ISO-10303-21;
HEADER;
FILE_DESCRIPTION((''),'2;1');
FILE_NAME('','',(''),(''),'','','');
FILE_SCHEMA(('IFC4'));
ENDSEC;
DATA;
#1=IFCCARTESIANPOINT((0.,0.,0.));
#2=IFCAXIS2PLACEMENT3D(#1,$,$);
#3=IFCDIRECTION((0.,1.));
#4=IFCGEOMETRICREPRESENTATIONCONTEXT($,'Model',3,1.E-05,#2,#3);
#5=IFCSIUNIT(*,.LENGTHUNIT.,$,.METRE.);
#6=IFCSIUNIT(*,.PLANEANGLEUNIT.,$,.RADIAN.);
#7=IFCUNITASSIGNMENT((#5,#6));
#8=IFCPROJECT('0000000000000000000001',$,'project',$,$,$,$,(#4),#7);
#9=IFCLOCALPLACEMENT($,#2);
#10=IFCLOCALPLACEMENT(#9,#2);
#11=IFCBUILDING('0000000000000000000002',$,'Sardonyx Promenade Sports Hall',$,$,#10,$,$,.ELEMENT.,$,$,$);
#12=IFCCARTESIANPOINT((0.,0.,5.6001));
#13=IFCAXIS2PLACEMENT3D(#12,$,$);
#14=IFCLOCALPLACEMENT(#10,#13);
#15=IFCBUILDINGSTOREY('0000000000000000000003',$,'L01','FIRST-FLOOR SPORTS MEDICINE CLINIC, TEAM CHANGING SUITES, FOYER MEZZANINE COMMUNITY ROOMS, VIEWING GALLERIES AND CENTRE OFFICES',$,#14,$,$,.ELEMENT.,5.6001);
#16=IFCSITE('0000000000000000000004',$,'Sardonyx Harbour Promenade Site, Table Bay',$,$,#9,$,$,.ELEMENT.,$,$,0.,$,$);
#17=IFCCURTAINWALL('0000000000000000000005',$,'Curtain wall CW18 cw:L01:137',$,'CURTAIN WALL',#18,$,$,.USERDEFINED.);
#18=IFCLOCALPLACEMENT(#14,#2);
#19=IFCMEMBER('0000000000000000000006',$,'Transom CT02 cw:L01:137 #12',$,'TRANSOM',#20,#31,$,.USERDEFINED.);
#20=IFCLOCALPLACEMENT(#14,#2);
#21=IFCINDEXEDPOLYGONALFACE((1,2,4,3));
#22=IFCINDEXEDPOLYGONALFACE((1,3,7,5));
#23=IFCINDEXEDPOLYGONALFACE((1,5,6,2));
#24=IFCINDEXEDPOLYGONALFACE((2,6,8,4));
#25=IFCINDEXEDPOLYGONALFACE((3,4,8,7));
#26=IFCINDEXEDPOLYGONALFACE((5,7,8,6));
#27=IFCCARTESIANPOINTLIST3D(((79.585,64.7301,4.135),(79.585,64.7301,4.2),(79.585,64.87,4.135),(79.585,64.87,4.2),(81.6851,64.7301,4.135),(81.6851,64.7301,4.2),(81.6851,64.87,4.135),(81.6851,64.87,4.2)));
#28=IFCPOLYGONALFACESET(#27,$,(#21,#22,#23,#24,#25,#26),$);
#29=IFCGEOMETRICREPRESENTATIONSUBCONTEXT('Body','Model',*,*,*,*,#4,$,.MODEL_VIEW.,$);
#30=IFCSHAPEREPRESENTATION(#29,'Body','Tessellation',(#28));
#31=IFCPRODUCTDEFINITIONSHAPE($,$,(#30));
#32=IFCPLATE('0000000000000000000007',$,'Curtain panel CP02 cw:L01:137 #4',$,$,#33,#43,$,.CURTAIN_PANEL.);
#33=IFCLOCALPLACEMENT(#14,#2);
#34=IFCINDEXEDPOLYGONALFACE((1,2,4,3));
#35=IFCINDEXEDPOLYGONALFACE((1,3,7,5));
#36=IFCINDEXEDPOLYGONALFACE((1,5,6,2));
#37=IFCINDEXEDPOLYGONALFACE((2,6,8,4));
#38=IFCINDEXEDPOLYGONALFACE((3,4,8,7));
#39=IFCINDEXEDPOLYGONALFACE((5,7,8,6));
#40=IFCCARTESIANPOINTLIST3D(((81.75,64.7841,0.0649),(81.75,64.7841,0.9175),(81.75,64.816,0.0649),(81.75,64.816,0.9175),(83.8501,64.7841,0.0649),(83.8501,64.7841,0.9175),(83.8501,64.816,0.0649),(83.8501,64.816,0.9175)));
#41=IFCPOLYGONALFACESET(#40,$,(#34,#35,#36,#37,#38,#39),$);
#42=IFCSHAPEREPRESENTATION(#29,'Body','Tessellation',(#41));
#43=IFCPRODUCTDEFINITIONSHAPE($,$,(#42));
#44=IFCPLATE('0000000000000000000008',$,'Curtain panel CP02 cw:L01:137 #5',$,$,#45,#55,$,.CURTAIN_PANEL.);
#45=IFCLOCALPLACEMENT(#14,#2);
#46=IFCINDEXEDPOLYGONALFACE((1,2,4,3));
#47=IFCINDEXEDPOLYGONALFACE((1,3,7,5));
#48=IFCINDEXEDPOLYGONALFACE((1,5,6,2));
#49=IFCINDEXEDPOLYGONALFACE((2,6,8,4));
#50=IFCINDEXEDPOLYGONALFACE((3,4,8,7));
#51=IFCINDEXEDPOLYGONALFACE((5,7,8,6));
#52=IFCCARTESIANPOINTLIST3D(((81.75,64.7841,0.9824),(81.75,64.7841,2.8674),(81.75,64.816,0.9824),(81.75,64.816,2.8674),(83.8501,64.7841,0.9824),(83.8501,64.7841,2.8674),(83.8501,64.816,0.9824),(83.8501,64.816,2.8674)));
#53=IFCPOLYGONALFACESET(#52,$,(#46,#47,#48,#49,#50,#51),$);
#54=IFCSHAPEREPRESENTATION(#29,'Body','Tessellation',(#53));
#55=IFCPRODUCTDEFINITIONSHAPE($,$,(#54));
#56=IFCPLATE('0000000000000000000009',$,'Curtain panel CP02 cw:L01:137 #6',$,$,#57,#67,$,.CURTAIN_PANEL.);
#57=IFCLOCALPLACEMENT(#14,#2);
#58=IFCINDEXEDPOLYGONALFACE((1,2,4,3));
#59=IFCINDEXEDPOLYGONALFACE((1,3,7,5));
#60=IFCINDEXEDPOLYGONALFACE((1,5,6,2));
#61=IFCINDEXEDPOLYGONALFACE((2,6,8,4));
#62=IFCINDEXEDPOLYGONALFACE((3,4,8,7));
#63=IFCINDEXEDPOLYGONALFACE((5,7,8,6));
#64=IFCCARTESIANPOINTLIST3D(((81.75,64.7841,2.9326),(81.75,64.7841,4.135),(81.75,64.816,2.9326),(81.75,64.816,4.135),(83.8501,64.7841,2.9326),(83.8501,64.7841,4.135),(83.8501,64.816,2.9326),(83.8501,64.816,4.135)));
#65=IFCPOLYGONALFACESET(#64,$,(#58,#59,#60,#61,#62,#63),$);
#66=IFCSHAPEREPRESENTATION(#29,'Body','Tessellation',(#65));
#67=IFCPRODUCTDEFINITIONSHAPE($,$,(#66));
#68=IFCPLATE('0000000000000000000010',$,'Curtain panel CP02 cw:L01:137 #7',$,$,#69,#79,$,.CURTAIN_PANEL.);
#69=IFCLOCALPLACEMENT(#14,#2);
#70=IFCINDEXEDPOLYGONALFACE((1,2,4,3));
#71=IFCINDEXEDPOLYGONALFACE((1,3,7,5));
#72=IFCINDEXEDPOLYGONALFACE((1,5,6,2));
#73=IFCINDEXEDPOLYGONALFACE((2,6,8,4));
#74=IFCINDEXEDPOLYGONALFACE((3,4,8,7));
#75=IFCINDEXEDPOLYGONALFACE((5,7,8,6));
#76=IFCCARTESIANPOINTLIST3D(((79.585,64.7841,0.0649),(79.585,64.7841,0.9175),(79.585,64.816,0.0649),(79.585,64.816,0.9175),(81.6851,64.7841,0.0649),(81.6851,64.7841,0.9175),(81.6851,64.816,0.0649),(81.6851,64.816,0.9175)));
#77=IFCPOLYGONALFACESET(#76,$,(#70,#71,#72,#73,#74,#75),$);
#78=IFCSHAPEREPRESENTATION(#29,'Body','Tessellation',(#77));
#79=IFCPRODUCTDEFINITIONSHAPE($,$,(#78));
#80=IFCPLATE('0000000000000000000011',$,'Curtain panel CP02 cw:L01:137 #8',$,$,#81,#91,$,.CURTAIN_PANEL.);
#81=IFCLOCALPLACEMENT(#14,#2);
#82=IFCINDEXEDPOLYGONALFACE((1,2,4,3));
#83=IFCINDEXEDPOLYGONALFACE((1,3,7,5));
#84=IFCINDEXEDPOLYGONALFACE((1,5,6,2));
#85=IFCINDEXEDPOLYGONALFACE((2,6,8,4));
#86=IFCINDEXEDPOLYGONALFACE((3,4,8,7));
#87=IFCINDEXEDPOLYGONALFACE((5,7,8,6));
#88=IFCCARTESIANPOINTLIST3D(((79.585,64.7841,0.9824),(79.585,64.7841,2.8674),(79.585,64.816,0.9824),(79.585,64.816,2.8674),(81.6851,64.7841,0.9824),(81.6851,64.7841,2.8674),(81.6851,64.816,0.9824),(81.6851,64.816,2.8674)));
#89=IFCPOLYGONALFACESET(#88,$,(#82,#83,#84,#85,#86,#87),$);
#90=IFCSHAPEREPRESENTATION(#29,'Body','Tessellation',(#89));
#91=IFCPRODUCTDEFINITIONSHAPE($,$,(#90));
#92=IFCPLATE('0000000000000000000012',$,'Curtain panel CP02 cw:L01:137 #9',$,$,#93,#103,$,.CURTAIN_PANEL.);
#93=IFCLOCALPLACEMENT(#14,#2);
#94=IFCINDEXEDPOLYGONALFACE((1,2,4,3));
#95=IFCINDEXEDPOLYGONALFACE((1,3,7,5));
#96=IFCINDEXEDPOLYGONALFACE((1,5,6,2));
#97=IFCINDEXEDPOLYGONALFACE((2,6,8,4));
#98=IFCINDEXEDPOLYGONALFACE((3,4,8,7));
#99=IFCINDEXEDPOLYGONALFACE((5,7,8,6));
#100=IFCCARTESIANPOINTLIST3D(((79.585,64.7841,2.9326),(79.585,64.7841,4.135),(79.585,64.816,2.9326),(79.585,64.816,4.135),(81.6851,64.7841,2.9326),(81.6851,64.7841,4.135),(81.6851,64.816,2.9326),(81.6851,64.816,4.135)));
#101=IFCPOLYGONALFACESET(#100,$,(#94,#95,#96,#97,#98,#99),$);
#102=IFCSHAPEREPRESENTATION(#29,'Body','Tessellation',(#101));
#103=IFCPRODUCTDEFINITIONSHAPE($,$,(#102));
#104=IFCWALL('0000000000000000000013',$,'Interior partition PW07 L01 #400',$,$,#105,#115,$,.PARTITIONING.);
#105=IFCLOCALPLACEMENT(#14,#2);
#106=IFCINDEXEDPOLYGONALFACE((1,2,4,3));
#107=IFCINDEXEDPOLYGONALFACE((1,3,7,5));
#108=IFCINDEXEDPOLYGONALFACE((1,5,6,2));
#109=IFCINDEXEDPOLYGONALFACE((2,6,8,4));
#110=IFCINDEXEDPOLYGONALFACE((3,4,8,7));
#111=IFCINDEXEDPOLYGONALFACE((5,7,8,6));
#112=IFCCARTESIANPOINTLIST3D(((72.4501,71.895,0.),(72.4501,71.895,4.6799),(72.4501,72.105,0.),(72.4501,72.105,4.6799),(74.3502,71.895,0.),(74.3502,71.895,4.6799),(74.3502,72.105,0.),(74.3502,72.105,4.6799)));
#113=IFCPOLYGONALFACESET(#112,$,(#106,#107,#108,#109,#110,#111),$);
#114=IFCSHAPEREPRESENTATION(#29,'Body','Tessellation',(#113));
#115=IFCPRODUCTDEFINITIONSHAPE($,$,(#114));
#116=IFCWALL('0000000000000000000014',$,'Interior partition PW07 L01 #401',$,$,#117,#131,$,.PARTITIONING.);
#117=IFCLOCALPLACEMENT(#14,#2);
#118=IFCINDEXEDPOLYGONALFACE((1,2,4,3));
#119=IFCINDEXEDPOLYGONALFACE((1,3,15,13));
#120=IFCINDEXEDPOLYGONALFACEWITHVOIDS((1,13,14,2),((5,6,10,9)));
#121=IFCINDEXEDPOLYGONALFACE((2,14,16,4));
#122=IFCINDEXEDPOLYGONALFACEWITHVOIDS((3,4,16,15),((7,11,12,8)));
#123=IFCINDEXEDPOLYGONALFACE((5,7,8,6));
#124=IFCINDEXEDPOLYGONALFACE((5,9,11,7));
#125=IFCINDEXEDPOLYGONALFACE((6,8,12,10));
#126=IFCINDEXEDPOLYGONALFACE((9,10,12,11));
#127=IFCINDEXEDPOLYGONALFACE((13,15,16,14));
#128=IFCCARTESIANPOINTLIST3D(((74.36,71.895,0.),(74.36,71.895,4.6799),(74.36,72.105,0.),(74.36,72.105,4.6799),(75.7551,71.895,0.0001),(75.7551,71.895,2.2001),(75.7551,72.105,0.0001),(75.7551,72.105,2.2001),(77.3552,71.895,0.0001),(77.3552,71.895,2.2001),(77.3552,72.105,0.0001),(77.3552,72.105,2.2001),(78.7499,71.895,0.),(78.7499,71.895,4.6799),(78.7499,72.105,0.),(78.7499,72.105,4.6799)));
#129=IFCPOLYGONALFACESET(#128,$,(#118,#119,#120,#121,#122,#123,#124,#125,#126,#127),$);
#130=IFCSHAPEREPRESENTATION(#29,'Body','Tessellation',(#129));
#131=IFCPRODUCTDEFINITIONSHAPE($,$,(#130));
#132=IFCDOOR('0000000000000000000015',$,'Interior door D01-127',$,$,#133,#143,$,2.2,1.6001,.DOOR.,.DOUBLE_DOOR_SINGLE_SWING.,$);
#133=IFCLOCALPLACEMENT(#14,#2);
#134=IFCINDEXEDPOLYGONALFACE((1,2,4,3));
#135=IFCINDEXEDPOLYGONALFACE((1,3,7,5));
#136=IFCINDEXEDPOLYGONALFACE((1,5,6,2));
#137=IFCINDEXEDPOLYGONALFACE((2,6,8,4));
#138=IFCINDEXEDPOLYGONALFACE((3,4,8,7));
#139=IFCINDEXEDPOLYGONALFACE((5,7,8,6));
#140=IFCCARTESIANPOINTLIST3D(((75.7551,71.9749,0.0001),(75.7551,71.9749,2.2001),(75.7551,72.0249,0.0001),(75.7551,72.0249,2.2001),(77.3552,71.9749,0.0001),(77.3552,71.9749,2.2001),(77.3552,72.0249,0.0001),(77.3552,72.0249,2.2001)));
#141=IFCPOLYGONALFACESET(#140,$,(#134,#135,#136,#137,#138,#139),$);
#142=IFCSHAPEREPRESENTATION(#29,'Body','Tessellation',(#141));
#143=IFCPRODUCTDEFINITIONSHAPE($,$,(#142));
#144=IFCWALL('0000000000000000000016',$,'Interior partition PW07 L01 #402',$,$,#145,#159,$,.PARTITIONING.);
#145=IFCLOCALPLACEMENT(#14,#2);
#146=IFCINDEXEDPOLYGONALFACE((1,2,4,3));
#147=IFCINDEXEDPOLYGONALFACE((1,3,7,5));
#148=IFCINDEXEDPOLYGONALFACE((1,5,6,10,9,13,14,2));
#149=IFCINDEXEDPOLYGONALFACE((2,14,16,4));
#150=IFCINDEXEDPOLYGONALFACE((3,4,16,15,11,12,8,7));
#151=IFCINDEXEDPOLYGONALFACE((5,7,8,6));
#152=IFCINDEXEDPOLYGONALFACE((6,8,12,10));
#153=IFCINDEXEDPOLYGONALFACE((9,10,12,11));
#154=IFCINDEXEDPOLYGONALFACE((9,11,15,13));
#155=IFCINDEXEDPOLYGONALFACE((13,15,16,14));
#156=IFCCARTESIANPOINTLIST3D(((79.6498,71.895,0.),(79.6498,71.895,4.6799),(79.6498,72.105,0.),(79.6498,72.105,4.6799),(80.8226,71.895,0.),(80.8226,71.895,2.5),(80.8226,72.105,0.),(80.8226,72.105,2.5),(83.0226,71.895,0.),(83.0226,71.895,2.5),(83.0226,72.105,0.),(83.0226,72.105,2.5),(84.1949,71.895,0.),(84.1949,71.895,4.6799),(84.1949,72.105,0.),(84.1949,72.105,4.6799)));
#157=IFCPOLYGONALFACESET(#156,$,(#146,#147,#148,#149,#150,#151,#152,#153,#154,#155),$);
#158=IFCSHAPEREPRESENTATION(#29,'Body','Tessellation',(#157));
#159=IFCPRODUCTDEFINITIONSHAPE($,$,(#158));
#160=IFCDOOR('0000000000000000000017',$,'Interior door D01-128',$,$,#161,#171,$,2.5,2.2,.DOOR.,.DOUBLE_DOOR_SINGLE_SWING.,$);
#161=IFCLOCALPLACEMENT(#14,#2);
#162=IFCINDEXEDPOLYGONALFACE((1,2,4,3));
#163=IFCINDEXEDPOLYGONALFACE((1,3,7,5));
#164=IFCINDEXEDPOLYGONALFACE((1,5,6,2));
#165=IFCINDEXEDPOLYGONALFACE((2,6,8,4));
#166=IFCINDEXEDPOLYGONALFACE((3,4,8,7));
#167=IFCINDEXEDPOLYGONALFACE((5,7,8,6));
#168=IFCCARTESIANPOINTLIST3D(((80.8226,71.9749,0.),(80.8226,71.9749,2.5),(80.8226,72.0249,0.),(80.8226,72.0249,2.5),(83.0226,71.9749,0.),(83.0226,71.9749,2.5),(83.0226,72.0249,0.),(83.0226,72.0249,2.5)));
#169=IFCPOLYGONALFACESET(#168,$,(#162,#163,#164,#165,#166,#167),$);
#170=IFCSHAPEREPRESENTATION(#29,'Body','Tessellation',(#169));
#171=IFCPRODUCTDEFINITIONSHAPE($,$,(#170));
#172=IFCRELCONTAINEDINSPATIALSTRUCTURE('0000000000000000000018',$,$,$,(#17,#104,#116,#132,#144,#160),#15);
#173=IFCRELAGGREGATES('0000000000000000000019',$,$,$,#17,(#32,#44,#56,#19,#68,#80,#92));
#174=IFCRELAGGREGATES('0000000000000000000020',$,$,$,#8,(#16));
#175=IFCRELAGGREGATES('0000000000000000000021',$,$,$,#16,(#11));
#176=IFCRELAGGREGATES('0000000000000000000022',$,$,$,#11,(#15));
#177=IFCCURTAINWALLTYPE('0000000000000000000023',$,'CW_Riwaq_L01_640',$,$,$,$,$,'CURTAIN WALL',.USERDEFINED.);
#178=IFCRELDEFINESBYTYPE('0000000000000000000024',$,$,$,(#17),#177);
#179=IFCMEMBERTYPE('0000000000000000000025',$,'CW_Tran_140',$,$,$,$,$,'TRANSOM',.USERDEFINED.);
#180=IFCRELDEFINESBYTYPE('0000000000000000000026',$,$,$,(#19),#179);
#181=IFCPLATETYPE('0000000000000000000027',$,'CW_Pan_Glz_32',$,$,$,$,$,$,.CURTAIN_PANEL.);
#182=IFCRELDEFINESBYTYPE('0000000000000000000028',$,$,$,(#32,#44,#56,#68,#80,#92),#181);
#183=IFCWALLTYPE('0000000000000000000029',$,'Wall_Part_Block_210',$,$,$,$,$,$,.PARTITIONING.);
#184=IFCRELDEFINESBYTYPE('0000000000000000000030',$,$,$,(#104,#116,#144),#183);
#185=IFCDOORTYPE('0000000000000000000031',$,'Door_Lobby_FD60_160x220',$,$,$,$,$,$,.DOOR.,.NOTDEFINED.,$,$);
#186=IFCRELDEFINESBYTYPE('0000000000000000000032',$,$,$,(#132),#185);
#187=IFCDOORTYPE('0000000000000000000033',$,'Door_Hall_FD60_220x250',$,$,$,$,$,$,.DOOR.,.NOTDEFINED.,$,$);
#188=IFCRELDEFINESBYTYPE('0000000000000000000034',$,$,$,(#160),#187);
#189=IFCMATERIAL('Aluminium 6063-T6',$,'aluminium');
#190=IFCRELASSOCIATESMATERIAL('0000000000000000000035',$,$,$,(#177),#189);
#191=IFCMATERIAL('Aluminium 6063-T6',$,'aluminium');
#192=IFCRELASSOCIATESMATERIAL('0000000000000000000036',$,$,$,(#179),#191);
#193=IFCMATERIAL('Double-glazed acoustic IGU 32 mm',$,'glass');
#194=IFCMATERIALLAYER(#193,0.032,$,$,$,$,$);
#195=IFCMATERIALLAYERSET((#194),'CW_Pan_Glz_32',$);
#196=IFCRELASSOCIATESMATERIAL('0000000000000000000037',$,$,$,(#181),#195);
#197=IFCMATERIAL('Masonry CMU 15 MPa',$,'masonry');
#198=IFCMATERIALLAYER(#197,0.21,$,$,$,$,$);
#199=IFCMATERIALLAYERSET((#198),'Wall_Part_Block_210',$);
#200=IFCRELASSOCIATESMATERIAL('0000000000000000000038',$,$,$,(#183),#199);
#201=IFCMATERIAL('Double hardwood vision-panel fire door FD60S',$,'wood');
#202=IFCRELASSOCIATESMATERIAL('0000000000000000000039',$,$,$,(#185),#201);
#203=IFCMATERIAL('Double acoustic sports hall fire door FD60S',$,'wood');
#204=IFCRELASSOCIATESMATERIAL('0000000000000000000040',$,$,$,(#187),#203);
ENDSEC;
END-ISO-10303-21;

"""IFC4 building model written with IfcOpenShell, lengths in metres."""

from ifc_helpers import new_model, si_unit, direction, frame, frame_2d, origin, origin_2d, place, context, subcontext, project, spatial, rectangle, extrude, material, layer, layer_set, material_profile, profile_set, type_object, element, fill, aggregate, save


model = new_model("IFC4")

# Units and contexts
model_context = context("Model", 3, precision=1e-05, world=origin(), true_north=direction((0.0, 1.0)))
body_context = subcontext(model_context, "Body", "Model", "MODEL_VIEW")
ifc_project = project(units=[si_unit("LENGTHUNIT", "METRE"), si_unit("PLANEANGLEUNIT", "RADIAN")], contexts=[model_context])

# Site, building, storey
site_placement = place(None, origin())
site = spatial("IfcSite", under=ifc_project, at=site_placement, Name="Sardonyx Harbour Promenade Site, Table Bay", CompositionType="ELEMENT", RefElevation=0.0)
building_placement = place(site_placement, origin())
building = spatial("IfcBuilding", under=site, at=building_placement, Name="Sardonyx Promenade Sports Hall", CompositionType="ELEMENT")
storey_placement = place(building_placement, frame((0.0, 0.0, 5.6001)))
storey = spatial("IfcBuildingStorey", under=building, at=storey_placement, Name="L01", Description="FIRST-FLOOR SPORTS MEDICINE CLINIC, TEAM CHANGING SUITES, FOYER MEZZANINE COMMUNITY ROOMS, VIEWING GALLERIES AND CENTRE OFFICES", CompositionType="ELEMENT", Elevation=5.6001)

# Curtain wall, member, plates
ifc_material_1 = material(Name="Aluminium 6063-T6", Category="aluminium")
curtain_wall_type = type_object("IfcCurtainWallType", Name="CW_Riwaq_L01_640", ElementType="CURTAIN WALL", PredefinedType="USERDEFINED", material=ifc_material_1)
curtain_wall_placement = place(storey_placement, origin())
curtain_wall = element("IfcCurtainWall", 1, at=curtain_wall_placement, inside=storey, type_object=curtain_wall_type, Name="Curtain wall CW18 cw:L01:137", ObjectType="CURTAIN WALL", PredefinedType="USERDEFINED")
ifc_material_2 = material(Name="Aluminium 6063-T6", Category="aluminium")
ifc_material_profile_1 = material_profile(ifc_material_2, rectangle(XDim=0.0649, YDim=0.1399, at=origin_2d()))
ifc_profile_set_1 = profile_set([ifc_material_profile_1], Name="Aluminium 6063-T6")
member_type_1 = type_object("IfcMemberType", Name="CW_Tran_140", ElementType="TRANSOM", PredefinedType="USERDEFINED", material=ifc_profile_set_1)
member_1_placement = place(storey_placement, frame((81.6851, 64.8, 4.1675), z_axis=(-1.0, 0.0, 0.0), x_axis=(0.0, 0.0, 1.0)))
member_1 = element("IfcMember", 2, at=member_1_placement, type_object=member_type_1, Name="Transom CT02 cw:L01:137 #12", ObjectType="TRANSOM", PredefinedType="USERDEFINED", context=body_context, shape_type="SweptSolid", body=[
    extrude(rectangle(XDim=0.0649, YDim=0.1399, at=origin_2d()), origin(), (0.0, 0.0, 1.0), 2.1001),
])
ifc_material_3 = material(Name="Double-glazed acoustic IGU 32 mm", Category="glass")
ifc_layer_1 = layer(ifc_material_3, 0.032)
ifc_layer_set_1 = layer_set([ifc_layer_1], Name="CW_Pan_Glz_32")
plate_type = type_object("IfcPlateType", Name="CW_Pan_Glz_32", PredefinedType="CURTAIN_PANEL", material=ifc_layer_set_1)
plate_1_placement = place(storey_placement, frame((82.8, 64.8, 0.0649), z_axis=(0.0, 0.0, 1.0), x_axis=(-1.0, 0.0, 0.0)))
plate_1 = element("IfcPlate", 3, at=plate_1_placement, type_object=plate_type, Name="Curtain panel CP02 cw:L01:137 #4", PredefinedType="CURTAIN_PANEL", context=body_context, shape_type="SweptSolid", body=[
    extrude(rectangle(XDim=2.1001, YDim=0.032, at=origin_2d()), origin(), (0.0, 0.0, 1.0), 0.8525),
])
plate_2_placement = place(storey_placement, frame((82.8, 64.8, 0.9824), z_axis=(0.0, 0.0, 1.0), x_axis=(-1.0, 0.0, 0.0)))
plate_2 = element("IfcPlate", 4, at=plate_2_placement, type_object=plate_type, Name="Curtain panel CP02 cw:L01:137 #5", PredefinedType="CURTAIN_PANEL", context=body_context, shape_type="SweptSolid", body=[
    extrude(rectangle(XDim=2.1001, YDim=0.032, at=origin_2d()), origin(), (0.0, 0.0, 1.0), 1.885),
])
plate_3_placement = place(storey_placement, frame((82.8, 64.8, 2.9326), z_axis=(0.0, 0.0, 1.0), x_axis=(-1.0, 0.0, 0.0)))
plate_3 = element("IfcPlate", 5, at=plate_3_placement, type_object=plate_type, Name="Curtain panel CP02 cw:L01:137 #6", PredefinedType="CURTAIN_PANEL", context=body_context, shape_type="SweptSolid", body=[
    extrude(rectangle(XDim=2.1001, YDim=0.032, at=origin_2d()), origin(), (0.0, 0.0, 1.0), 1.2024),
])
plate_4_placement = place(storey_placement, frame((80.635, 64.8, 0.0649), z_axis=(0.0, 0.0, 1.0), x_axis=(-1.0, 0.0, 0.0)))
plate_4 = element("IfcPlate", 6, at=plate_4_placement, type_object=plate_type, Name="Curtain panel CP02 cw:L01:137 #7", PredefinedType="CURTAIN_PANEL", context=body_context, shape_type="SweptSolid", body=[
    extrude(rectangle(XDim=2.1001, YDim=0.032, at=origin_2d()), origin(), (0.0, 0.0, 1.0), 0.8525),
])
plate_5_placement = place(storey_placement, frame((80.635, 64.8, 0.9824), z_axis=(0.0, 0.0, 1.0), x_axis=(-1.0, 0.0, 0.0)))
plate_5 = element("IfcPlate", 7, at=plate_5_placement, type_object=plate_type, Name="Curtain panel CP02 cw:L01:137 #8", PredefinedType="CURTAIN_PANEL", context=body_context, shape_type="SweptSolid", body=[
    extrude(rectangle(XDim=2.1001, YDim=0.032, at=origin_2d()), origin(), (0.0, 0.0, 1.0), 1.885),
])
plate_6_placement = place(storey_placement, frame((80.635, 64.8, 2.9326), z_axis=(0.0, 0.0, 1.0), x_axis=(-1.0, 0.0, 0.0)))
plate_6 = element("IfcPlate", 8, at=plate_6_placement, type_object=plate_type, Name="Curtain panel CP02 cw:L01:137 #9", PredefinedType="CURTAIN_PANEL", context=body_context, shape_type="SweptSolid", body=[
    extrude(rectangle(XDim=2.1001, YDim=0.032, at=origin_2d()), origin(), (0.0, 0.0, 1.0), 1.2024),
])
aggregate(curtain_wall, [plate_1, plate_2, plate_3, member_1, plate_4, plate_5, plate_6])

# Wall
ifc_material_4 = material(Name="Masonry CMU 15 MPa", Category="masonry")
ifc_layer_2 = layer(ifc_material_4, 0.21)
ifc_layer_set_2 = layer_set([ifc_layer_2], Name="Wall_Part_Block_210")
wall_type = type_object("IfcWallType", Name="Wall_Part_Block_210", PredefinedType="PARTITIONING", material=ifc_layer_set_2)
wall_1_placement = place(storey_placement, frame((72.45, 72.0, 0.0), z_axis=(0.0, 0.0, 1.0), x_axis=(1.0, 0.0, 0.0)))
element("IfcWall", 9, at=wall_1_placement, inside=storey, type_object=wall_type, Name="Interior partition PW07 L01 #400", PredefinedType="PARTITIONING", context=body_context, shape_type="SweptSolid", body=[
    extrude(rectangle(XDim=1.9001, YDim=0.21, at=frame_2d((0.9502, 0.0))), origin(), (0.0, 0.0, 1.0), 4.6799),
])

# Walls, openings, doors
wall_2_placement = place(storey_placement, frame((74.3601, 72.0, 0.0), z_axis=(0.0, 0.0, 1.0), x_axis=(1.0, 0.0, 0.0)))
wall_2 = element("IfcWall", 10, at=wall_2_placement, inside=storey, type_object=wall_type, Name="Interior partition PW07 L01 #401", PredefinedType="PARTITIONING", context=body_context, shape_type="SweptSolid", body=[
    extrude(rectangle(XDim=4.3899, YDim=0.21, at=frame_2d((2.1948, 0.0))), origin(), (0.0, 0.0, 1.0), 4.6799),
])
opening_1_placement = place(wall_2_placement, frame((1.395, 0.0, 0.0)))
opening_1 = element("IfcOpeningElement", 11, at=opening_1_placement, cuts=wall_2, PredefinedType="OPENING", context=body_context, shape_type="SweptSolid", body=[
    extrude(rectangle(XDim=1.6001, YDim=2.2, at=frame_2d((0.8, 1.1001))), frame((0.0, 0.115, 0.0), z_axis=(0.0, -1.0, 0.0), x_axis=(1.0, 0.0, 0.0)), (0.0, 0.0, 1.0), 0.23),
])
ifc_material_5 = material(Name="Double hardwood vision-panel fire door FD60S", Category="wood")
door_type_1 = type_object("IfcDoorType", Name="Door_Lobby_FD60_160x220", OperationType="NOTDEFINED", PredefinedType="DOOR", material=ifc_material_5)
door_1_placement = place(opening_1_placement, origin())
door_1 = element("IfcDoor", 12, at=door_1_placement, inside=storey, type_object=door_type_1, Name="Interior door D01-127", OperationType="DOUBLE_DOOR_SINGLE_SWING", OverallHeight=2.2, OverallWidth=1.6001, PredefinedType="DOOR", context=body_context, shape_type="SweptSolid", body=[
    extrude(rectangle(XDim=1.6001, YDim=2.2, at=frame_2d((0.8, 1.1001))), frame((0.0, 0.0249, 0.0), z_axis=(0.0, -1.0, 0.0), x_axis=(1.0, 0.0, 0.0)), (0.0, 0.0, 1.0), 0.05),
])
fill(opening_1, door_1)
wall_3_placement = place(storey_placement, frame((79.6499, 72.0, 0.0), z_axis=(0.0, 0.0, 1.0), x_axis=(1.0, 0.0, 0.0)))
wall_3 = element("IfcWall", 13, at=wall_3_placement, inside=storey, type_object=wall_type, Name="Interior partition PW07 L01 #402", PredefinedType="PARTITIONING", context=body_context, shape_type="SweptSolid", body=[
    extrude(rectangle(XDim=4.5452, YDim=0.21, at=frame_2d((2.2725, 0.0))), origin(), (0.0, 0.0, 1.0), 4.6799),
])
opening_2_placement = place(wall_3_placement, frame((1.1726, 0.0, 0.0)))
opening_2 = element("IfcOpeningElement", 14, at=opening_2_placement, cuts=wall_3, PredefinedType="OPENING", context=body_context, shape_type="SweptSolid", body=[
    extrude(rectangle(XDim=2.2, YDim=2.5, at=frame_2d((1.1001, 1.25))), frame((0.0, 0.115, 0.0), z_axis=(0.0, -1.0, 0.0), x_axis=(1.0, 0.0, 0.0)), (0.0, 0.0, 1.0), 0.23),
])
ifc_material_6 = material(Name="Double acoustic sports hall fire door FD60S", Category="wood")
door_type_2 = type_object("IfcDoorType", Name="Door_Hall_FD60_220x250", OperationType="NOTDEFINED", PredefinedType="DOOR", material=ifc_material_6)
door_2_placement = place(opening_2_placement, origin())
door_2 = element("IfcDoor", 15, at=door_2_placement, inside=storey, type_object=door_type_2, Name="Interior door D01-128", OperationType="DOUBLE_DOOR_SINGLE_SWING", OverallHeight=2.5, OverallWidth=2.2, PredefinedType="DOOR", context=body_context, shape_type="SweptSolid", body=[
    extrude(rectangle(XDim=2.2, YDim=2.5, at=frame_2d((1.1001, 1.25))), frame((0.0, 0.0249, 0.0), z_axis=(0.0, -1.0, 0.0), x_axis=(1.0, 0.0, 0.0)), (0.0, 0.0, 1.0), 0.05),
])
fill(opening_2, door_2)

save(model, "model.ifc")
